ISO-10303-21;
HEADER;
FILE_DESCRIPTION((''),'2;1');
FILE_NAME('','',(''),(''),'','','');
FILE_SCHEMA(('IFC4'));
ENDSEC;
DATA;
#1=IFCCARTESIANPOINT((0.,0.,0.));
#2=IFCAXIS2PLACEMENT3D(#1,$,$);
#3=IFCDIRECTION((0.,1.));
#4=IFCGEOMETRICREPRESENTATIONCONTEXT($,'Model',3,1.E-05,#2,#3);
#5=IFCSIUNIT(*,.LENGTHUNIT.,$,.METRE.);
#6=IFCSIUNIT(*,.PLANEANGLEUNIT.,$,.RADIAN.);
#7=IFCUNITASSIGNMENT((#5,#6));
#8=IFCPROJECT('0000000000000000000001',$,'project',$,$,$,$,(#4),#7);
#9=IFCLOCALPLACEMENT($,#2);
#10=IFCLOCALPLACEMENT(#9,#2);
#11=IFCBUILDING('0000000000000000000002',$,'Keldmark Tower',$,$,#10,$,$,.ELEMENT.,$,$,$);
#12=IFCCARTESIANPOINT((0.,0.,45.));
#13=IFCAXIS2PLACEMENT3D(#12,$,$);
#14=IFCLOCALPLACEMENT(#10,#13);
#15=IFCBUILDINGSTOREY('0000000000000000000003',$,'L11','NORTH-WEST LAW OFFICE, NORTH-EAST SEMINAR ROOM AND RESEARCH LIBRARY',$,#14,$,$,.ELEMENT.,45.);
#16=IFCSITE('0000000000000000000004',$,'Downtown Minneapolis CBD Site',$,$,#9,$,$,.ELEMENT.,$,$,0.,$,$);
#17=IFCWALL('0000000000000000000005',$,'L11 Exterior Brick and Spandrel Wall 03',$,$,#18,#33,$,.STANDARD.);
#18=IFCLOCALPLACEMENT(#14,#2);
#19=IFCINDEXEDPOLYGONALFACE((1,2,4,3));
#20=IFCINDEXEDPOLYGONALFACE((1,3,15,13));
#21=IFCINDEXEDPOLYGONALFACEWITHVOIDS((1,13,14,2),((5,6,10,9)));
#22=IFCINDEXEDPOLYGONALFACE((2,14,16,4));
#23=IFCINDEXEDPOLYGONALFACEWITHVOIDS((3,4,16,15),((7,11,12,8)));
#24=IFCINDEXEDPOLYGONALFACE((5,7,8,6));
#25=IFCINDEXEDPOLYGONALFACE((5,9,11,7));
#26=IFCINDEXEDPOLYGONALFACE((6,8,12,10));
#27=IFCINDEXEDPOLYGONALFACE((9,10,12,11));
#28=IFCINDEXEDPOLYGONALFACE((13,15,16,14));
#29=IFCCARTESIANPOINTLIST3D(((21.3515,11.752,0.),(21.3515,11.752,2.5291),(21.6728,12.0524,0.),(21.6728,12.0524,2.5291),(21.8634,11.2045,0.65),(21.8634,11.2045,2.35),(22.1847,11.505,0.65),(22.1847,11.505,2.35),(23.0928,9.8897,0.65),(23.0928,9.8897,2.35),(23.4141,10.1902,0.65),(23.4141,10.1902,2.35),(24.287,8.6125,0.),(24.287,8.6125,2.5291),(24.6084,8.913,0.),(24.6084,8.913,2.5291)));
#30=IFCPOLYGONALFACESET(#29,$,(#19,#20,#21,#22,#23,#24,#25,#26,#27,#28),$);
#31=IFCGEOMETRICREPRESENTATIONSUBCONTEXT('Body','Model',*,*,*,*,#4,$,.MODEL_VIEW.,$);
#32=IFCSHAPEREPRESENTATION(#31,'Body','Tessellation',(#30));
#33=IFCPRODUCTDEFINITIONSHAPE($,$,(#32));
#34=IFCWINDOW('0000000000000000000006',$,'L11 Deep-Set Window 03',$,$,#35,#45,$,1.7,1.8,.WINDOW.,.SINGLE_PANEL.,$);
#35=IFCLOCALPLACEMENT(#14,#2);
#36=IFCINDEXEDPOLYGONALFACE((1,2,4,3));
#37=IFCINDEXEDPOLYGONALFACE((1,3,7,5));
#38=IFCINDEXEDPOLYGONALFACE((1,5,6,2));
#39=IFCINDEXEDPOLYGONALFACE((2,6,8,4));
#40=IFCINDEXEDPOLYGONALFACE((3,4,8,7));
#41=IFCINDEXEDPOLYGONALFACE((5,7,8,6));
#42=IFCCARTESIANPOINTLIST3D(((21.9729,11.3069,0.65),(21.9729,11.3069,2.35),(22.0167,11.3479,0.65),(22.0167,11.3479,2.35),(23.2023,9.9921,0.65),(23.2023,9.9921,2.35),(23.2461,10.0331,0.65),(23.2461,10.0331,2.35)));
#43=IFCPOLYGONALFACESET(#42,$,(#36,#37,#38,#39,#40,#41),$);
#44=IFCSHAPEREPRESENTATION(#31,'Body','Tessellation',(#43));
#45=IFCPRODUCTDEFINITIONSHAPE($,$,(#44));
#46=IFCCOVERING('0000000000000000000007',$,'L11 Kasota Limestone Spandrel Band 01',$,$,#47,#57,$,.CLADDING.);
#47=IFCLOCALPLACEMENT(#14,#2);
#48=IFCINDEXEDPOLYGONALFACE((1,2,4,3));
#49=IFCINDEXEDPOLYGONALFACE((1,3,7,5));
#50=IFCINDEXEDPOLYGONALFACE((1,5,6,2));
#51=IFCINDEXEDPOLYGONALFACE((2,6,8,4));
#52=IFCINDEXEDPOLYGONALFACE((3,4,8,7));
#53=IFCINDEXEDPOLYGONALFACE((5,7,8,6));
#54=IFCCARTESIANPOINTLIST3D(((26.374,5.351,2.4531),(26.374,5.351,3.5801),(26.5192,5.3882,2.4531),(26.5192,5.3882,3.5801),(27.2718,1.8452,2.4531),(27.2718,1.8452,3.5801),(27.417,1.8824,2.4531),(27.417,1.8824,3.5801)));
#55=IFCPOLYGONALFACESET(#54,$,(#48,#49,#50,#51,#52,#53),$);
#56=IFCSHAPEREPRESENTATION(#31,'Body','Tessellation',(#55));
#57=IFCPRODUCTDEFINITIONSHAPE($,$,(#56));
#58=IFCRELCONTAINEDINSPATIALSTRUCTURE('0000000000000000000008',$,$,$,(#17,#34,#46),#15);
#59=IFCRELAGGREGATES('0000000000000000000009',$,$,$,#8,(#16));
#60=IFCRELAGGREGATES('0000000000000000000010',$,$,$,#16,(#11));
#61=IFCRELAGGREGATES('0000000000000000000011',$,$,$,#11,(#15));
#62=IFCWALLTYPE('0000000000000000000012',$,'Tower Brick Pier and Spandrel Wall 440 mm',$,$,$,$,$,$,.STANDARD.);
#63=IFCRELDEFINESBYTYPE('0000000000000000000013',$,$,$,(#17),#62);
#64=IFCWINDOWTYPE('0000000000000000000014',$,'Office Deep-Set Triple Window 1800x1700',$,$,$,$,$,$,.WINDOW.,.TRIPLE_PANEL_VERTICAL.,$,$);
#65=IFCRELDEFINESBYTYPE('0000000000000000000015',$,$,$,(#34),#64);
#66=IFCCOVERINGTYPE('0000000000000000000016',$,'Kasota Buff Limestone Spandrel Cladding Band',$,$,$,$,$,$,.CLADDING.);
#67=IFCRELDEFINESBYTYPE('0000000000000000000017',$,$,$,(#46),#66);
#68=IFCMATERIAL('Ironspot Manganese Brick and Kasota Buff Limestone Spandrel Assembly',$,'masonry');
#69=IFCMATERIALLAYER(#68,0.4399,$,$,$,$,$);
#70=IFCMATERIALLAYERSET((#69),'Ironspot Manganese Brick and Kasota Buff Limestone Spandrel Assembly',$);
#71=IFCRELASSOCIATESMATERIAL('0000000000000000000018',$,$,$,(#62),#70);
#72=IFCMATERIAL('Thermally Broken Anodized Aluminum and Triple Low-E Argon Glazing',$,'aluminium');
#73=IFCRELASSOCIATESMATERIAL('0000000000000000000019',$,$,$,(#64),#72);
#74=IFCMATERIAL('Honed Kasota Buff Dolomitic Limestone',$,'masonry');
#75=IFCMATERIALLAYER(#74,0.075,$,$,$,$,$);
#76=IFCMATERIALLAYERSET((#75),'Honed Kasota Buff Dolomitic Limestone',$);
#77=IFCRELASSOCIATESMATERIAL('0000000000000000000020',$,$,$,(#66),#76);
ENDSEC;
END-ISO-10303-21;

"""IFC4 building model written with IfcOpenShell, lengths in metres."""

from ifc_helpers import new_model, si_unit, direction, frame, frame_2d, origin, origin_2d, place, context, subcontext, project, spatial, rectangle, extrude, material, layer, layer_set, type_object, element, fill, save


model = new_model("IFC4")

# Units and contexts
model_context = context("Model", 3, precision=1e-05, world=origin(), true_north=direction((0.0, 1.0)))
body_context = subcontext(model_context, "Body", "Model", "MODEL_VIEW")
ifc_project = project(units=[si_unit("LENGTHUNIT", "METRE"), si_unit("PLANEANGLEUNIT", "RADIAN")], contexts=[model_context])

# Site, building, storey
site_placement = place(None, origin())
site = spatial("IfcSite", under=ifc_project, at=site_placement, Name="Downtown Minneapolis CBD Site", CompositionType="ELEMENT", RefElevation=0.0)
building_placement = place(site_placement, origin())
building = spatial("IfcBuilding", under=site, at=building_placement, Name="Keldmark Tower", CompositionType="ELEMENT")
storey_placement = place(building_placement, frame((0.0, 0.0, 45.0)))
storey = spatial("IfcBuildingStorey", under=building, at=storey_placement, Name="L11", Description="NORTH-WEST LAW OFFICE, NORTH-EAST SEMINAR ROOM AND RESEARCH LIBRARY", CompositionType="ELEMENT", Elevation=45.0)

# Wall, opening, window
ifc_material_1 = material(Name="Ironspot Manganese Brick and Kasota Buff Limestone Spandrel Assembly", Category="masonry")
ifc_layer_1 = layer(ifc_material_1, 0.4399)
ifc_layer_set_1 = layer_set([ifc_layer_1], Name="Ironspot Manganese Brick and Kasota Buff Limestone Spandrel Assembly")
wall_type_1 = type_object("IfcWallType", Name="Tower Brick Pier and Spandrel Wall 440 mm", PredefinedType="STANDARD", material=ifc_layer_set_1)
ifc_material_2 = material(Name="Thermally Broken Anodized Aluminum and Triple Low-E Argon Glazing", Category="aluminium")
window_type_1 = type_object("IfcWindowType", Name="Office Deep-Set Triple Window 1800x1700", PartitioningType="TRIPLE_PANEL_VERTICAL", PredefinedType="WINDOW", material=ifc_material_2)
wall_1_placement = place(storey_placement, frame((21.5122, 11.9021, 0.0), z_axis=(0.0, 0.0, 1.0), x_axis=(0.682994, -0.730424, 0.0)))
wall_1 = element("IfcWall", 1, at=wall_1_placement, inside=storey, type_object=wall_type_1, Name="L11 Exterior Brick and Spandrel Wall 03", PredefinedType="STANDARD", context=body_context, shape_type="SweptSolid", body=[
    extrude(rectangle(XDim=4.2981, YDim=0.4399, at=frame_2d((2.1489, 0.0))), origin(), (0.0, 0.0, 1.0), 2.5291),
])
opening_1_placement = place(wall_1_placement, frame((0.7495, 0.0, 0.6499)))
opening_1 = element("IfcOpeningElement", 2, at=opening_1_placement, cuts=wall_1, PredefinedType="OPENING", context=body_context, shape_type="SweptSolid", body=[
    extrude(rectangle(XDim=1.8, YDim=1.7, at=frame_2d((0.8999, 0.8501))), frame((0.0, 0.23, 0.0), z_axis=(0.0, -1.0, 0.0), x_axis=(1.0, 0.0, 0.0)), (0.0, 0.0, 1.0), 0.46),
])
window_1_placement = place(opening_1_placement, origin())
window_1 = element("IfcWindow", 3, at=window_1_placement, inside=storey, type_object=window_type_1, Name="L11 Deep-Set Window 03", OverallHeight=1.7, OverallWidth=1.8, PartitioningType="SINGLE_PANEL", PredefinedType="WINDOW", context=body_context, shape_type="SweptSolid", body=[
    extrude(rectangle(XDim=1.8, YDim=1.7, at=frame_2d((0.8999, 0.8501))), frame((0.0, -0.01, 0.0), z_axis=(0.0, -1.0, 0.0), x_axis=(1.0, 0.0, 0.0)), (0.0, 0.0, 1.0), 0.0601),
])
fill(opening_1, window_1)

# Covering
ifc_material_3 = material(Name="Honed Kasota Buff Dolomitic Limestone", Category="masonry")
ifc_layer_2 = layer(ifc_material_3, 0.075)
ifc_layer_set_2 = layer_set([ifc_layer_2], Name="Honed Kasota Buff Dolomitic Limestone")
covering_type = type_object("IfcCoveringType", Name="Kasota Buff Limestone Spandrel Cladding Band", PredefinedType="CLADDING", material=ifc_layer_set_2)
covering_placement = place(storey_placement, frame((26.8955, 3.6167, 2.4531), z_axis=(0.0, 0.0, 1.0), x_axis=(-0.248098, 0.968735, 0.0)))
element("IfcCovering", 4, at=covering_placement, inside=storey, type_object=covering_type, Name="L11 Kasota Limestone Spandrel Band 01", PredefinedType="CLADDING", context=body_context, shape_type="SweptSolid", body=[
    extrude(rectangle(XDim=3.6189, YDim=0.1499, at=origin_2d()), origin(), (0.0, 0.0, 1.0), 1.127),
])

save(model, "model.ifc")
